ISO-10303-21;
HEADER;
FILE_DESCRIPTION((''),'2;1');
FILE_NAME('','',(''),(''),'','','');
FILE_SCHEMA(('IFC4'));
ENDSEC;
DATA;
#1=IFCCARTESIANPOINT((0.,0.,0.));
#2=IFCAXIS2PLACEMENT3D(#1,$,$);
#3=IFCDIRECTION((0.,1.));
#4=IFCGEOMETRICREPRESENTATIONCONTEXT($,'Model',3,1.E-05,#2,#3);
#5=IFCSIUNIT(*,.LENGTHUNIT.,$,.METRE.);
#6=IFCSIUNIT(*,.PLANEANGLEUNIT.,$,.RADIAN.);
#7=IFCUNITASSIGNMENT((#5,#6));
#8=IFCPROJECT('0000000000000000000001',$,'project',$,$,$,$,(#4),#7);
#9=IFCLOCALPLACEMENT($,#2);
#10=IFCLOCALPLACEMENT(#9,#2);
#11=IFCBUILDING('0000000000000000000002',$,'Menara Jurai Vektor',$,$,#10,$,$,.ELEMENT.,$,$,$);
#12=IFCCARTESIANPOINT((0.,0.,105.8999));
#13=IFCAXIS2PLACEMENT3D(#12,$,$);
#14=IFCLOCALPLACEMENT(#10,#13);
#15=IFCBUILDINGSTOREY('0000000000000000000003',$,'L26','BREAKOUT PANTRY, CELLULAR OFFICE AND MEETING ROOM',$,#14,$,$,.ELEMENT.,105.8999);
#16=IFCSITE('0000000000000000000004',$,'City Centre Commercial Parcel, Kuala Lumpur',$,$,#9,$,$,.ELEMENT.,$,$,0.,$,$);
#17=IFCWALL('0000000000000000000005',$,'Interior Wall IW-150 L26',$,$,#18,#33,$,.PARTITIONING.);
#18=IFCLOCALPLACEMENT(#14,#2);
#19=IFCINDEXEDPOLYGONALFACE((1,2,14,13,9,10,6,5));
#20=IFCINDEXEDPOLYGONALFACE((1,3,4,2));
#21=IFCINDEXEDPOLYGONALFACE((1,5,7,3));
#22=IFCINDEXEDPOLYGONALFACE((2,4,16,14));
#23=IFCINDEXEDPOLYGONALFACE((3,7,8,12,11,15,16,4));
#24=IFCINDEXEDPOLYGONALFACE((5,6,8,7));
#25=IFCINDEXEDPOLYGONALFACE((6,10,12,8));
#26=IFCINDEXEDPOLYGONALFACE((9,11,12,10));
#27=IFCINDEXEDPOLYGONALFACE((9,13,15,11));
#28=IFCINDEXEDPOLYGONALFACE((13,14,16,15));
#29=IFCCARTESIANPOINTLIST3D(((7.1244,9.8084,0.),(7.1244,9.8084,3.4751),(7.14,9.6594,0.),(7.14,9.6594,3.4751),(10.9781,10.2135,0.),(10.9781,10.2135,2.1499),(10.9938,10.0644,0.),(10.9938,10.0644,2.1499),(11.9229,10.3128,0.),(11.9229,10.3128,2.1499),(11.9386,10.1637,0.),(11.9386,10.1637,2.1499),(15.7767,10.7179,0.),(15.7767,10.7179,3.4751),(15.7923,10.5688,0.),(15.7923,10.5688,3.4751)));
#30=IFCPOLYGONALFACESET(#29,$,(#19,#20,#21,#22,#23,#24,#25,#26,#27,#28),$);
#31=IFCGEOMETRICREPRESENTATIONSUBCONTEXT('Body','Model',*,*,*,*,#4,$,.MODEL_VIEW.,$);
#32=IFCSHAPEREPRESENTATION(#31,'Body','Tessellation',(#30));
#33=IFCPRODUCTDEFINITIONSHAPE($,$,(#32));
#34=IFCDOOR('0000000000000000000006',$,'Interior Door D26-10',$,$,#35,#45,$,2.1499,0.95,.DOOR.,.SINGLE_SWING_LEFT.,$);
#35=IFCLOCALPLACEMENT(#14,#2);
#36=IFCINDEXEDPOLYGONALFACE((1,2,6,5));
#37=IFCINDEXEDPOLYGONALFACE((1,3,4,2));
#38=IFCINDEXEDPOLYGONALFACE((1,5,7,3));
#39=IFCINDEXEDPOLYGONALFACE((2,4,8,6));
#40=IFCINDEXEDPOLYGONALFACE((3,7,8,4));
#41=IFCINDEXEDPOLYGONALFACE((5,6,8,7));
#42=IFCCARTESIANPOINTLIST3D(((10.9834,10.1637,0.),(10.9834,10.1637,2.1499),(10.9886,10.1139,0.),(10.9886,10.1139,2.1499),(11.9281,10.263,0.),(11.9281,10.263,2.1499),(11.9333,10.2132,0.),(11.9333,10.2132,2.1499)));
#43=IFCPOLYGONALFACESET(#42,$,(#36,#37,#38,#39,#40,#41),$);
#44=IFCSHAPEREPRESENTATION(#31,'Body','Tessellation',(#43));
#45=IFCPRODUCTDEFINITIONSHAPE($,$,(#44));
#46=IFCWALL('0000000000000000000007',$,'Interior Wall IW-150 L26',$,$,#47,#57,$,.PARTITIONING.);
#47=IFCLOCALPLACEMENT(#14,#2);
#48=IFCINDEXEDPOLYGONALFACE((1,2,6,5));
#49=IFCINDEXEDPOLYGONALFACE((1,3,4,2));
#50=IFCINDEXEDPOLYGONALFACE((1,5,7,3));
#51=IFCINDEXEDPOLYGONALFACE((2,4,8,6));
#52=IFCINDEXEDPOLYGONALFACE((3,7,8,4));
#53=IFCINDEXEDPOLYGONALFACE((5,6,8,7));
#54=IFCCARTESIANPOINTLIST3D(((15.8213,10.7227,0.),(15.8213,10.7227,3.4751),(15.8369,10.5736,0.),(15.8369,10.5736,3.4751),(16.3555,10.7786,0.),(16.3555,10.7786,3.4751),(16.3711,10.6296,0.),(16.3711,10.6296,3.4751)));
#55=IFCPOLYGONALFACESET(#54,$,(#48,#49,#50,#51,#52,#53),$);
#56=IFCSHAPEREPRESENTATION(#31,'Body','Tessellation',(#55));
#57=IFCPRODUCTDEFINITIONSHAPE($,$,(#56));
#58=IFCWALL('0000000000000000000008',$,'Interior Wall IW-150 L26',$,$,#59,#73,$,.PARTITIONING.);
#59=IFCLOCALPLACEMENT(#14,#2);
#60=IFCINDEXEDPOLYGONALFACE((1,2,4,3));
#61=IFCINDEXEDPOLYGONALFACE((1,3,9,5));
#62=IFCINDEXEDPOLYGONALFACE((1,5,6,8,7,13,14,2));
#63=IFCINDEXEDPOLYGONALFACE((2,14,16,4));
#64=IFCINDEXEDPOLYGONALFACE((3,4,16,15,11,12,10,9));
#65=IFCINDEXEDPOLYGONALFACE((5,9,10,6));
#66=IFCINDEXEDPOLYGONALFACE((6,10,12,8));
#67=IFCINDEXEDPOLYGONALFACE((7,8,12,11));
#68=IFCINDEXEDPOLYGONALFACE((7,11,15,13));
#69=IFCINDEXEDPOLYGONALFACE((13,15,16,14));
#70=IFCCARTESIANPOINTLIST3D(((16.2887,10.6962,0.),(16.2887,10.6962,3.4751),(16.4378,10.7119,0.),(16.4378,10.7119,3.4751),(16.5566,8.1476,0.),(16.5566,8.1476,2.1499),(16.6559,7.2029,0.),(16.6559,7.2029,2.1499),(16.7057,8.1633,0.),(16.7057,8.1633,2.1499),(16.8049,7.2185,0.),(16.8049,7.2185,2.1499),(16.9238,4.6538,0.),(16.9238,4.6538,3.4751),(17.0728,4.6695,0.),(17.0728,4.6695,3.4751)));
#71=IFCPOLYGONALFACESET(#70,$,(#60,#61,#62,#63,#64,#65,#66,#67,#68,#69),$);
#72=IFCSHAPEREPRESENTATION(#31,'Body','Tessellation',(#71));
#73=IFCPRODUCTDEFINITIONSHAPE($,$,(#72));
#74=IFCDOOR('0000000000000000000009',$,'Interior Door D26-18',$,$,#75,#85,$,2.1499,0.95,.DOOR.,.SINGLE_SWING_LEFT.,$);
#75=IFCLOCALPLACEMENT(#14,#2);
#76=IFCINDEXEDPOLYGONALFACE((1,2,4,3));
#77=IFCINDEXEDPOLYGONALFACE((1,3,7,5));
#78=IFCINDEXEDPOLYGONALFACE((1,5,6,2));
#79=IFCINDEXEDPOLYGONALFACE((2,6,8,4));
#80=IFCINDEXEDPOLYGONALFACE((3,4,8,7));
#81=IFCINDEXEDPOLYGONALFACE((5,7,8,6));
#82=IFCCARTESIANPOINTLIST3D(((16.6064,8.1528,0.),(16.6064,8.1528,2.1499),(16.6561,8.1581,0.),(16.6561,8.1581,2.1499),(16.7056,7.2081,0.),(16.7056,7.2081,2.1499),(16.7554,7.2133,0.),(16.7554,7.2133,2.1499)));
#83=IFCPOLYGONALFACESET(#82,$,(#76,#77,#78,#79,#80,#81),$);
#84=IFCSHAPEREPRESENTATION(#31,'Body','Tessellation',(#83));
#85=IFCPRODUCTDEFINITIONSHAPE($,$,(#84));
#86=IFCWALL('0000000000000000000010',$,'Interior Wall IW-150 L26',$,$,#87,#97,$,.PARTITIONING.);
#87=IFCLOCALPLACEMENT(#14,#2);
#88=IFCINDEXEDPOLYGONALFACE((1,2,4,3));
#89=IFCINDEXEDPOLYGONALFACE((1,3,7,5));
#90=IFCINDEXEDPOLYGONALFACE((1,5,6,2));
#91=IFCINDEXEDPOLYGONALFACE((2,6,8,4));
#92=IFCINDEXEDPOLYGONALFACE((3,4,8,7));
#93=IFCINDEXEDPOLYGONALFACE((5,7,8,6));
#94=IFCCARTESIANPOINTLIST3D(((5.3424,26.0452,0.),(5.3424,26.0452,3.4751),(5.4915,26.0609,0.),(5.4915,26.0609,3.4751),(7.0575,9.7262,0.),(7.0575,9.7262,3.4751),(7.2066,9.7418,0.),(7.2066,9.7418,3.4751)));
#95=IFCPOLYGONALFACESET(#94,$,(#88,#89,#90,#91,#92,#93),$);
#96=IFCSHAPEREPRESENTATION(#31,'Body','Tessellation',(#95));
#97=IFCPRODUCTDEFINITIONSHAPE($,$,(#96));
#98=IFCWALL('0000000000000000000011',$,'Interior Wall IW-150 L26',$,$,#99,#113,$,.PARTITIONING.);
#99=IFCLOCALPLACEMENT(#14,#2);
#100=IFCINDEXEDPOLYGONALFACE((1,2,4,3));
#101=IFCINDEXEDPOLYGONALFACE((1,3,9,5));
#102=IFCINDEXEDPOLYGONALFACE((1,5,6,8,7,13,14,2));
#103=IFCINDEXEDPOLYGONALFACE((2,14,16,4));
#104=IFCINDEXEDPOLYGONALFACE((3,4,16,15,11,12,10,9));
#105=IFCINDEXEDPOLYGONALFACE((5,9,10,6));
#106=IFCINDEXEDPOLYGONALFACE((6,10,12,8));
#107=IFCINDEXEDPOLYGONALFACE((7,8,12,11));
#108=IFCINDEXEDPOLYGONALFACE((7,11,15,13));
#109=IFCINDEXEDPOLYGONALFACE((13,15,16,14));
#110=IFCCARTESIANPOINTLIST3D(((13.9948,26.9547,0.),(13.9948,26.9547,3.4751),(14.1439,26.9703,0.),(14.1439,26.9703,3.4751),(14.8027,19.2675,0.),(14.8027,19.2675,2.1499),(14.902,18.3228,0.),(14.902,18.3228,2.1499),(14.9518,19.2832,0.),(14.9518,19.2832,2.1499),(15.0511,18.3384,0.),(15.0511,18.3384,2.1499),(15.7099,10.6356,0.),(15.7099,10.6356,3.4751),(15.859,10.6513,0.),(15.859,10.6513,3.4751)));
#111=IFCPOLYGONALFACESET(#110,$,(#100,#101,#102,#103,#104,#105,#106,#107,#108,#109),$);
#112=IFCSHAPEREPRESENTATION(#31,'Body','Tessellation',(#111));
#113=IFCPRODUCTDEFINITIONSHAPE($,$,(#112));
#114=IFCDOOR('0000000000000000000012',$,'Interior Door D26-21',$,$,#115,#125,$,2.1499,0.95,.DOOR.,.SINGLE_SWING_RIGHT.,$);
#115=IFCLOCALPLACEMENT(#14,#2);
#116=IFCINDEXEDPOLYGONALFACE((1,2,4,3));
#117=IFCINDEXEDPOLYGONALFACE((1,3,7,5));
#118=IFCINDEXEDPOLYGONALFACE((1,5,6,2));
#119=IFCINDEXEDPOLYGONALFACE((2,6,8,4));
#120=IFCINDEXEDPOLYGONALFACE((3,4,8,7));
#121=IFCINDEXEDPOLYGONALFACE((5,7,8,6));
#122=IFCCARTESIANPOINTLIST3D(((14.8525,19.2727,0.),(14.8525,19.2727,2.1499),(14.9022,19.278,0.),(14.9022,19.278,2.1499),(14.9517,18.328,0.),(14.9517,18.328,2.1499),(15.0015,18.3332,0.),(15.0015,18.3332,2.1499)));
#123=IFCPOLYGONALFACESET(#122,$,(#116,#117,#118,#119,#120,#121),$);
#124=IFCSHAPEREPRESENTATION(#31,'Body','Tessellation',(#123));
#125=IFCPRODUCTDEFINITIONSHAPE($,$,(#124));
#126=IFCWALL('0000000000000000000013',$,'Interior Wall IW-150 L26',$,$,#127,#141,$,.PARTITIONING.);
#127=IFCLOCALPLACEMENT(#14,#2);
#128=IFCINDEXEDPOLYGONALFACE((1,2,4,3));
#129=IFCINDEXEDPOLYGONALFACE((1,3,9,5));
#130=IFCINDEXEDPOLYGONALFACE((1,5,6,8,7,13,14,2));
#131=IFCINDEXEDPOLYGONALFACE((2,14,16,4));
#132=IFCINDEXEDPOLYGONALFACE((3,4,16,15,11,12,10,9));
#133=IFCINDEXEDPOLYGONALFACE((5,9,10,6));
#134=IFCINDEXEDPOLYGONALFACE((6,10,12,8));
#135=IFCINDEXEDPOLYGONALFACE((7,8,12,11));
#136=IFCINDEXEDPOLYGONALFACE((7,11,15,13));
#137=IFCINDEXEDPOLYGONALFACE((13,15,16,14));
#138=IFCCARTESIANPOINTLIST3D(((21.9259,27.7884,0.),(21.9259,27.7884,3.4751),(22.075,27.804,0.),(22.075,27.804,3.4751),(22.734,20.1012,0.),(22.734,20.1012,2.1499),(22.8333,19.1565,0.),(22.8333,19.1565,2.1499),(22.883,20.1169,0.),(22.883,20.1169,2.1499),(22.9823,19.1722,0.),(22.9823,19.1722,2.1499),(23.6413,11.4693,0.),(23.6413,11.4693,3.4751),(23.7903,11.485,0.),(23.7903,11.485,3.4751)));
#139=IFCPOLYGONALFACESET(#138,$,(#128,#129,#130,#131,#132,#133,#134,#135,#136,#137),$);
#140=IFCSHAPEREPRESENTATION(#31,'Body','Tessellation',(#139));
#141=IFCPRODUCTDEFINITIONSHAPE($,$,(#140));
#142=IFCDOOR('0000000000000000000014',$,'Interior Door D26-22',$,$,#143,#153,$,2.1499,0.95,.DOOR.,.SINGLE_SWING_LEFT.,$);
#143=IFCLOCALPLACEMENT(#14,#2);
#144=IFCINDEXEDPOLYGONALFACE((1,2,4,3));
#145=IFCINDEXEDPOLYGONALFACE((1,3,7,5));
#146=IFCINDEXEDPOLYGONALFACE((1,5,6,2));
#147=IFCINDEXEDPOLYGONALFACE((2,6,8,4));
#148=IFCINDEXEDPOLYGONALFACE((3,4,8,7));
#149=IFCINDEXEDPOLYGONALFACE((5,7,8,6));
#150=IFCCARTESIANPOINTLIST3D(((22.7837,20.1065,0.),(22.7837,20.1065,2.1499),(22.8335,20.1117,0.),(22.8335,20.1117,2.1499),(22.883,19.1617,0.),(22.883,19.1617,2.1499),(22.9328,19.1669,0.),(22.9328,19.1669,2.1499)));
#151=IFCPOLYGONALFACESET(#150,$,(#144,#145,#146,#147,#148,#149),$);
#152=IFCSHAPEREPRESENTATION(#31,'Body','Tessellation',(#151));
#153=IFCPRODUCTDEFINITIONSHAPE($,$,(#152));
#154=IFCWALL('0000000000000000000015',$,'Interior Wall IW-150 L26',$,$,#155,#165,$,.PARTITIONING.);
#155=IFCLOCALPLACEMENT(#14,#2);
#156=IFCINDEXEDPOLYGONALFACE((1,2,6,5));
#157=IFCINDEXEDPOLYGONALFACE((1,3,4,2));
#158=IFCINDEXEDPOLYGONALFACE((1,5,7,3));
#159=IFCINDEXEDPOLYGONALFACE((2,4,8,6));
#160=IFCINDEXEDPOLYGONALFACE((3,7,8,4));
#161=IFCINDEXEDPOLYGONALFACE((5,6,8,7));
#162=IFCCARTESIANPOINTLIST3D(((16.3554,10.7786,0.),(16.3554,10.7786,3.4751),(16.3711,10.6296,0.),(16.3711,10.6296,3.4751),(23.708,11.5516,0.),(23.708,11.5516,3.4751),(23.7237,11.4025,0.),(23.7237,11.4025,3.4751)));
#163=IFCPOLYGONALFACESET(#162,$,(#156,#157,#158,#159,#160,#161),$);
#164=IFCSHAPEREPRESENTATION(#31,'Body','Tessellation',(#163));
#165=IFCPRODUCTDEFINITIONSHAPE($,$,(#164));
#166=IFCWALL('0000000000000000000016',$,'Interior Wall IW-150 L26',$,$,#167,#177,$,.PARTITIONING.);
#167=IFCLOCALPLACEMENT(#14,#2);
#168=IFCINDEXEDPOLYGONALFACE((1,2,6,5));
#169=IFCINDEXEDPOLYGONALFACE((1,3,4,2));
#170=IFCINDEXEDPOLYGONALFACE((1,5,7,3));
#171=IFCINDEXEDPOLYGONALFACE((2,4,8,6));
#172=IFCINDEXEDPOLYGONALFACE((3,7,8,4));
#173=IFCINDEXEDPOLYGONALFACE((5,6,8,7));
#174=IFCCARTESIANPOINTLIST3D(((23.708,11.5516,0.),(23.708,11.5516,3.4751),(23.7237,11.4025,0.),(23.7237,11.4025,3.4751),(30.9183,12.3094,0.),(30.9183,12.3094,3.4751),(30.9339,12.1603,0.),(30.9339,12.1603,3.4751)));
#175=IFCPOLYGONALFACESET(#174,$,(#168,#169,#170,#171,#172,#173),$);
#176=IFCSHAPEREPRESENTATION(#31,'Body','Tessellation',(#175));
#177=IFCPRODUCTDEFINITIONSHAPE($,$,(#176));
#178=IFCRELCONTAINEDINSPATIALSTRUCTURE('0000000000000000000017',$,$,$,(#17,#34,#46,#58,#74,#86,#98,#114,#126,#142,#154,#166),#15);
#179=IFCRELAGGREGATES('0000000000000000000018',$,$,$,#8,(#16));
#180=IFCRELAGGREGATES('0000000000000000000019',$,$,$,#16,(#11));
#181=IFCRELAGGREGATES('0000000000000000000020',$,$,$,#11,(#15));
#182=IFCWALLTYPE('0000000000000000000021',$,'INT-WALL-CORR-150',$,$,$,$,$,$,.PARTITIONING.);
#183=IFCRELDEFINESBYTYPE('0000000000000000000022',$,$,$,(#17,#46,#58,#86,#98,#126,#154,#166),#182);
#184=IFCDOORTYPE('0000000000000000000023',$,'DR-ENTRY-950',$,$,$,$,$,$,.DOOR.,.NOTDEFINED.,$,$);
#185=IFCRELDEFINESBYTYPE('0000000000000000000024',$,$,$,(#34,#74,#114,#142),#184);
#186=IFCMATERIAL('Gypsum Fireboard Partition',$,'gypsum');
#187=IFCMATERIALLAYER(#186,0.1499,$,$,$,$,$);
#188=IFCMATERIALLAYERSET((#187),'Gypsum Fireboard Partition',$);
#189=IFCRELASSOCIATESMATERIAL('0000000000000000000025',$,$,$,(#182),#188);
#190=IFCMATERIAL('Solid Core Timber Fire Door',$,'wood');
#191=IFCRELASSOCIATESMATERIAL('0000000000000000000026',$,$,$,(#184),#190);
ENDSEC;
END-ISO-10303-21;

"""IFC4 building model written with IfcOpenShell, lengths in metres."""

from ifc_helpers import new_model, si_unit, direction, frame, frame_2d, origin, place, context, subcontext, project, spatial, rectangle, extrude, material, layer, layer_set, type_object, element, fill, save


model = new_model("IFC4")

# Units and contexts
model_context = context("Model", 3, precision=1e-05, world=origin(), true_north=direction((0.0, 1.0)))
body_context = subcontext(model_context, "Body", "Model", "MODEL_VIEW")
ifc_project = project(units=[si_unit("LENGTHUNIT", "METRE"), si_unit("PLANEANGLEUNIT", "RADIAN")], contexts=[model_context])

# Site, building, storey
site_placement = place(None, origin())
site = spatial("IfcSite", under=ifc_project, at=site_placement, Name="City Centre Commercial Parcel, Kuala Lumpur", CompositionType="ELEMENT", RefElevation=0.0)
building_placement = place(site_placement, origin())
building = spatial("IfcBuilding", under=site, at=building_placement, Name="Menara Jurai Vektor", CompositionType="ELEMENT")
storey_placement = place(building_placement, frame((0.0, 0.0, 105.8999)))
storey = spatial("IfcBuildingStorey", under=building, at=storey_placement, Name="L26", Description="BREAKOUT PANTRY, CELLULAR OFFICE AND MEETING ROOM", CompositionType="ELEMENT", Elevation=105.8999)

# Shared definitions
ifc_material_1 = material(Name="Gypsum Fireboard Partition", Category="gypsum")
ifc_layer_1 = layer(ifc_material_1, 0.1499)
ifc_layer_set_1 = layer_set([ifc_layer_1], Name="Gypsum Fireboard Partition")
wall_type_1 = type_object("IfcWallType", Name="INT-WALL-CORR-150", PredefinedType="PARTITIONING", material=ifc_layer_set_1)

# Wall, opening, door
wall_1_placement = place(storey_placement, frame((7.1321, 9.7339, 0.0), z_axis=(0.0, 0.0, 1.0), x_axis=(0.994522, 0.104531, 0.0)))
wall_1 = element("IfcWall", 1, at=wall_1_placement, inside=storey, type_object=wall_type_1, Name="Interior Wall IW-150 L26", PredefinedType="PARTITIONING", context=body_context, shape_type="SweptSolid", body=[
    extrude(rectangle(XDim=8.7, YDim=0.1499, at=frame_2d((4.3501, 0.0))), origin(), (0.0, 0.0, 1.0), 3.4751),
])
opening_1_placement = place(wall_1_placement, frame((3.875, 0.0, 0.0)))
opening_1 = element("IfcOpeningElement", 2, at=opening_1_placement, cuts=wall_1, PredefinedType="OPENING", context=body_context, shape_type="SweptSolid", body=[
    extrude(rectangle(XDim=0.95, YDim=2.1499, at=frame_2d((0.4751, 1.075))), frame((0.0, 0.085, 0.0), z_axis=(0.0, -1.0, 0.0), x_axis=(1.0, 0.0, 0.0)), (0.0, 0.0, 1.0), 0.1699),
])
ifc_material_2 = material(Name="Solid Core Timber Fire Door", Category="wood")
door_type = type_object("IfcDoorType", Name="DR-ENTRY-950", OperationType="NOTDEFINED", PredefinedType="DOOR", material=ifc_material_2)
door_1_placement = place(opening_1_placement, origin())
door_1 = element("IfcDoor", 3, at=door_1_placement, inside=storey, type_object=door_type, Name="Interior Door D26-10", OperationType="SINGLE_SWING_LEFT", OverallHeight=2.1499, OverallWidth=0.95, PredefinedType="DOOR", context=body_context, shape_type="SweptSolid", body=[
    extrude(rectangle(XDim=0.95, YDim=2.1499, at=frame_2d((0.4751, 1.075))), frame((0.0, 0.0249, 0.0), z_axis=(0.0, -1.0, 0.0), x_axis=(1.0, 0.0, 0.0)), (0.0, 0.0, 1.0), 0.05),
])
fill(opening_1, door_1)

# Wall
wall_2_placement = place(storey_placement, frame((15.8291, 10.6482, 0.0), z_axis=(0.0, 0.0, 1.0), x_axis=(0.994568, 0.104093, 0.0)))
element("IfcWall", 4, at=wall_2_placement, inside=storey, type_object=wall_type_1, Name="Interior Wall IW-150 L26", PredefinedType="PARTITIONING", context=body_context, shape_type="SweptSolid", body=[
    extrude(rectangle(XDim=0.5371, YDim=0.1499, at=frame_2d((0.2686, 0.0))), origin(), (0.0, 0.0, 1.0), 3.4751),
])

# Wall, opening, door
wall_3_placement = place(storey_placement, frame((16.9983, 4.6616, 0.0), z_axis=(0.0, 0.0, 1.0), x_axis=(-0.104515, 0.994523, 0.0)))
wall_3 = element("IfcWall", 5, at=wall_3_placement, inside=storey, type_object=wall_type_1, Name="Interior Wall IW-150 L26", PredefinedType="PARTITIONING", context=body_context, shape_type="SweptSolid", body=[
    extrude(rectangle(XDim=6.0757, YDim=0.1499, at=frame_2d((3.0378, 0.0))), origin(), (0.0, 0.0, 1.0), 3.4751),
])
opening_2_placement = place(wall_3_placement, frame((2.563, 0.0, 0.0)))
opening_2 = element("IfcOpeningElement", 6, at=opening_2_placement, cuts=wall_3, PredefinedType="OPENING", context=body_context, shape_type="SweptSolid", body=[
    extrude(rectangle(XDim=0.95, YDim=2.1499, at=frame_2d((0.4751, 1.075))), frame((0.0, 0.085, 0.0), z_axis=(0.0, -1.0, 0.0), x_axis=(1.0, 0.0, 0.0)), (0.0, 0.0, 1.0), 0.1699),
])
door_2_placement = place(opening_2_placement, origin())
door_2 = element("IfcDoor", 7, at=door_2_placement, inside=storey, type_object=door_type, Name="Interior Door D26-18", OperationType="SINGLE_SWING_LEFT", OverallHeight=2.1499, OverallWidth=0.95, PredefinedType="DOOR", context=body_context, shape_type="SweptSolid", body=[
    extrude(rectangle(XDim=0.95, YDim=2.1499, at=frame_2d((0.4751, 1.075))), frame((0.0, 0.0249, 0.0), z_axis=(0.0, -1.0, 0.0), x_axis=(1.0, 0.0, 0.0)), (0.0, 0.0, 1.0), 0.05),
])
fill(opening_2, door_2)

# Wall
wall_4_placement = place(storey_placement, frame((7.1321, 9.7339, 0.0), z_axis=(0.0, 0.0, 1.0), x_axis=(-0.104521, 0.994523, 0.0)))
element("IfcWall", 8, at=wall_4_placement, inside=storey, type_object=wall_type_1, Name="Interior Wall IW-150 L26", PredefinedType="PARTITIONING", context=body_context, shape_type="SweptSolid", body=[
    extrude(rectangle(XDim=16.4089, YDim=0.1499, at=frame_2d((8.2046, 0.0))), origin(), (0.0, 0.0, 1.0), 3.4751),
])

# Walls, openings, doors
wall_5_placement = place(storey_placement, frame((15.7844, 10.6433, 0.0), z_axis=(0.0, 0.0, 1.0), x_axis=(-0.104521, 0.994523, 0.0)))
wall_5 = element("IfcWall", 9, at=wall_5_placement, inside=storey, type_object=wall_type_1, Name="Interior Wall IW-150 L26", PredefinedType="PARTITIONING", context=body_context, shape_type="SweptSolid", body=[
    extrude(rectangle(XDim=16.4089, YDim=0.1499, at=frame_2d((8.2046, 0.0))), origin(), (0.0, 0.0, 1.0), 3.4751),
])
opening_3_placement = place(wall_5_placement, frame((7.7295, 0.0, 0.0)))
opening_3 = element("IfcOpeningElement", 10, at=opening_3_placement, cuts=wall_5, PredefinedType="OPENING", context=body_context, shape_type="SweptSolid", body=[
    extrude(rectangle(XDim=0.95, YDim=2.1499, at=frame_2d((0.4751, 1.075))), frame((0.0, 0.085, 0.0), z_axis=(0.0, -1.0, 0.0), x_axis=(1.0, 0.0, 0.0)), (0.0, 0.0, 1.0), 0.1699),
])
door_3_placement = place(opening_3_placement, origin())
door_3 = element("IfcDoor", 11, at=door_3_placement, inside=storey, type_object=door_type, Name="Interior Door D26-21", OperationType="SINGLE_SWING_RIGHT", OverallHeight=2.1499, OverallWidth=0.95, PredefinedType="DOOR", context=body_context, shape_type="SweptSolid", body=[
    extrude(rectangle(XDim=0.95, YDim=2.1499, at=frame_2d((0.4751, 1.075))), frame((0.0, 0.0249, 0.0), z_axis=(0.0, -1.0, 0.0), x_axis=(1.0, 0.0, 0.0)), (0.0, 0.0, 1.0), 0.05),
])
fill(opening_3, door_3)
wall_6_placement = place(storey_placement, frame((23.7158, 11.4771, 0.0), z_axis=(0.0, 0.0, 1.0), x_axis=(-0.104536, 0.994521, 0.0)))
wall_6 = element("IfcWall", 12, at=wall_6_placement, inside=storey, type_object=wall_type_1, Name="Interior Wall IW-150 L26", PredefinedType="PARTITIONING", context=body_context, shape_type="SweptSolid", body=[
    extrude(rectangle(XDim=16.4089, YDim=0.1499, at=frame_2d((8.2046, 0.0))), origin(), (0.0, 0.0, 1.0), 3.4751),
])
opening_4_placement = place(wall_6_placement, frame((7.7295, 0.0, 0.0)))
opening_4 = element("IfcOpeningElement", 13, at=opening_4_placement, cuts=wall_6, PredefinedType="OPENING", context=body_context, shape_type="SweptSolid", body=[
    extrude(rectangle(XDim=0.95, YDim=2.1499, at=frame_2d((0.4751, 1.075))), frame((0.0, 0.085, 0.0), z_axis=(0.0, -1.0, 0.0), x_axis=(1.0, 0.0, 0.0)), (0.0, 0.0, 1.0), 0.1699),
])
door_4_placement = place(opening_4_placement, origin())
door_4 = element("IfcDoor", 14, at=door_4_placement, inside=storey, type_object=door_type, Name="Interior Door D26-22", OperationType="SINGLE_SWING_LEFT", OverallHeight=2.1499, OverallWidth=0.95, PredefinedType="DOOR", context=body_context, shape_type="SweptSolid", body=[
    extrude(rectangle(XDim=0.95, YDim=2.1499, at=frame_2d((0.4751, 1.075))), frame((0.0, 0.0249, 0.0), z_axis=(0.0, -1.0, 0.0), x_axis=(1.0, 0.0, 0.0)), (0.0, 0.0, 1.0), 0.05),
])
fill(opening_4, door_4)

# Walls
wall_7_placement = place(storey_placement, frame((16.3633, 10.7041, 0.0), z_axis=(0.0, 0.0, 1.0), x_axis=(0.99452, 0.104551, 0.0)))
element("IfcWall", 15, at=wall_7_placement, inside=storey, type_object=wall_type_1, Name="Interior Wall IW-150 L26", PredefinedType="PARTITIONING", context=body_context, shape_type="SweptSolid", body=[
    extrude(rectangle(XDim=7.3931, YDim=0.1499, at=frame_2d((3.6965, 0.0))), origin(), (0.0, 0.0, 1.0), 3.4751),
])
wall_8_placement = place(storey_placement, frame((23.7158, 11.4771, 0.0), z_axis=(0.0, 0.0, 1.0), x_axis=(0.994522, 0.104527, 0.0)))
element("IfcWall", 16, at=wall_8_placement, inside=storey, type_object=wall_type_1, Name="Interior Wall IW-150 L26", PredefinedType="PARTITIONING", context=body_context, shape_type="SweptSolid", body=[
    extrude(rectangle(XDim=7.25, YDim=0.1499, at=frame_2d((3.625, 0.0))), origin(), (0.0, 0.0, 1.0), 3.4751),
])

save(model, "model.ifc")
